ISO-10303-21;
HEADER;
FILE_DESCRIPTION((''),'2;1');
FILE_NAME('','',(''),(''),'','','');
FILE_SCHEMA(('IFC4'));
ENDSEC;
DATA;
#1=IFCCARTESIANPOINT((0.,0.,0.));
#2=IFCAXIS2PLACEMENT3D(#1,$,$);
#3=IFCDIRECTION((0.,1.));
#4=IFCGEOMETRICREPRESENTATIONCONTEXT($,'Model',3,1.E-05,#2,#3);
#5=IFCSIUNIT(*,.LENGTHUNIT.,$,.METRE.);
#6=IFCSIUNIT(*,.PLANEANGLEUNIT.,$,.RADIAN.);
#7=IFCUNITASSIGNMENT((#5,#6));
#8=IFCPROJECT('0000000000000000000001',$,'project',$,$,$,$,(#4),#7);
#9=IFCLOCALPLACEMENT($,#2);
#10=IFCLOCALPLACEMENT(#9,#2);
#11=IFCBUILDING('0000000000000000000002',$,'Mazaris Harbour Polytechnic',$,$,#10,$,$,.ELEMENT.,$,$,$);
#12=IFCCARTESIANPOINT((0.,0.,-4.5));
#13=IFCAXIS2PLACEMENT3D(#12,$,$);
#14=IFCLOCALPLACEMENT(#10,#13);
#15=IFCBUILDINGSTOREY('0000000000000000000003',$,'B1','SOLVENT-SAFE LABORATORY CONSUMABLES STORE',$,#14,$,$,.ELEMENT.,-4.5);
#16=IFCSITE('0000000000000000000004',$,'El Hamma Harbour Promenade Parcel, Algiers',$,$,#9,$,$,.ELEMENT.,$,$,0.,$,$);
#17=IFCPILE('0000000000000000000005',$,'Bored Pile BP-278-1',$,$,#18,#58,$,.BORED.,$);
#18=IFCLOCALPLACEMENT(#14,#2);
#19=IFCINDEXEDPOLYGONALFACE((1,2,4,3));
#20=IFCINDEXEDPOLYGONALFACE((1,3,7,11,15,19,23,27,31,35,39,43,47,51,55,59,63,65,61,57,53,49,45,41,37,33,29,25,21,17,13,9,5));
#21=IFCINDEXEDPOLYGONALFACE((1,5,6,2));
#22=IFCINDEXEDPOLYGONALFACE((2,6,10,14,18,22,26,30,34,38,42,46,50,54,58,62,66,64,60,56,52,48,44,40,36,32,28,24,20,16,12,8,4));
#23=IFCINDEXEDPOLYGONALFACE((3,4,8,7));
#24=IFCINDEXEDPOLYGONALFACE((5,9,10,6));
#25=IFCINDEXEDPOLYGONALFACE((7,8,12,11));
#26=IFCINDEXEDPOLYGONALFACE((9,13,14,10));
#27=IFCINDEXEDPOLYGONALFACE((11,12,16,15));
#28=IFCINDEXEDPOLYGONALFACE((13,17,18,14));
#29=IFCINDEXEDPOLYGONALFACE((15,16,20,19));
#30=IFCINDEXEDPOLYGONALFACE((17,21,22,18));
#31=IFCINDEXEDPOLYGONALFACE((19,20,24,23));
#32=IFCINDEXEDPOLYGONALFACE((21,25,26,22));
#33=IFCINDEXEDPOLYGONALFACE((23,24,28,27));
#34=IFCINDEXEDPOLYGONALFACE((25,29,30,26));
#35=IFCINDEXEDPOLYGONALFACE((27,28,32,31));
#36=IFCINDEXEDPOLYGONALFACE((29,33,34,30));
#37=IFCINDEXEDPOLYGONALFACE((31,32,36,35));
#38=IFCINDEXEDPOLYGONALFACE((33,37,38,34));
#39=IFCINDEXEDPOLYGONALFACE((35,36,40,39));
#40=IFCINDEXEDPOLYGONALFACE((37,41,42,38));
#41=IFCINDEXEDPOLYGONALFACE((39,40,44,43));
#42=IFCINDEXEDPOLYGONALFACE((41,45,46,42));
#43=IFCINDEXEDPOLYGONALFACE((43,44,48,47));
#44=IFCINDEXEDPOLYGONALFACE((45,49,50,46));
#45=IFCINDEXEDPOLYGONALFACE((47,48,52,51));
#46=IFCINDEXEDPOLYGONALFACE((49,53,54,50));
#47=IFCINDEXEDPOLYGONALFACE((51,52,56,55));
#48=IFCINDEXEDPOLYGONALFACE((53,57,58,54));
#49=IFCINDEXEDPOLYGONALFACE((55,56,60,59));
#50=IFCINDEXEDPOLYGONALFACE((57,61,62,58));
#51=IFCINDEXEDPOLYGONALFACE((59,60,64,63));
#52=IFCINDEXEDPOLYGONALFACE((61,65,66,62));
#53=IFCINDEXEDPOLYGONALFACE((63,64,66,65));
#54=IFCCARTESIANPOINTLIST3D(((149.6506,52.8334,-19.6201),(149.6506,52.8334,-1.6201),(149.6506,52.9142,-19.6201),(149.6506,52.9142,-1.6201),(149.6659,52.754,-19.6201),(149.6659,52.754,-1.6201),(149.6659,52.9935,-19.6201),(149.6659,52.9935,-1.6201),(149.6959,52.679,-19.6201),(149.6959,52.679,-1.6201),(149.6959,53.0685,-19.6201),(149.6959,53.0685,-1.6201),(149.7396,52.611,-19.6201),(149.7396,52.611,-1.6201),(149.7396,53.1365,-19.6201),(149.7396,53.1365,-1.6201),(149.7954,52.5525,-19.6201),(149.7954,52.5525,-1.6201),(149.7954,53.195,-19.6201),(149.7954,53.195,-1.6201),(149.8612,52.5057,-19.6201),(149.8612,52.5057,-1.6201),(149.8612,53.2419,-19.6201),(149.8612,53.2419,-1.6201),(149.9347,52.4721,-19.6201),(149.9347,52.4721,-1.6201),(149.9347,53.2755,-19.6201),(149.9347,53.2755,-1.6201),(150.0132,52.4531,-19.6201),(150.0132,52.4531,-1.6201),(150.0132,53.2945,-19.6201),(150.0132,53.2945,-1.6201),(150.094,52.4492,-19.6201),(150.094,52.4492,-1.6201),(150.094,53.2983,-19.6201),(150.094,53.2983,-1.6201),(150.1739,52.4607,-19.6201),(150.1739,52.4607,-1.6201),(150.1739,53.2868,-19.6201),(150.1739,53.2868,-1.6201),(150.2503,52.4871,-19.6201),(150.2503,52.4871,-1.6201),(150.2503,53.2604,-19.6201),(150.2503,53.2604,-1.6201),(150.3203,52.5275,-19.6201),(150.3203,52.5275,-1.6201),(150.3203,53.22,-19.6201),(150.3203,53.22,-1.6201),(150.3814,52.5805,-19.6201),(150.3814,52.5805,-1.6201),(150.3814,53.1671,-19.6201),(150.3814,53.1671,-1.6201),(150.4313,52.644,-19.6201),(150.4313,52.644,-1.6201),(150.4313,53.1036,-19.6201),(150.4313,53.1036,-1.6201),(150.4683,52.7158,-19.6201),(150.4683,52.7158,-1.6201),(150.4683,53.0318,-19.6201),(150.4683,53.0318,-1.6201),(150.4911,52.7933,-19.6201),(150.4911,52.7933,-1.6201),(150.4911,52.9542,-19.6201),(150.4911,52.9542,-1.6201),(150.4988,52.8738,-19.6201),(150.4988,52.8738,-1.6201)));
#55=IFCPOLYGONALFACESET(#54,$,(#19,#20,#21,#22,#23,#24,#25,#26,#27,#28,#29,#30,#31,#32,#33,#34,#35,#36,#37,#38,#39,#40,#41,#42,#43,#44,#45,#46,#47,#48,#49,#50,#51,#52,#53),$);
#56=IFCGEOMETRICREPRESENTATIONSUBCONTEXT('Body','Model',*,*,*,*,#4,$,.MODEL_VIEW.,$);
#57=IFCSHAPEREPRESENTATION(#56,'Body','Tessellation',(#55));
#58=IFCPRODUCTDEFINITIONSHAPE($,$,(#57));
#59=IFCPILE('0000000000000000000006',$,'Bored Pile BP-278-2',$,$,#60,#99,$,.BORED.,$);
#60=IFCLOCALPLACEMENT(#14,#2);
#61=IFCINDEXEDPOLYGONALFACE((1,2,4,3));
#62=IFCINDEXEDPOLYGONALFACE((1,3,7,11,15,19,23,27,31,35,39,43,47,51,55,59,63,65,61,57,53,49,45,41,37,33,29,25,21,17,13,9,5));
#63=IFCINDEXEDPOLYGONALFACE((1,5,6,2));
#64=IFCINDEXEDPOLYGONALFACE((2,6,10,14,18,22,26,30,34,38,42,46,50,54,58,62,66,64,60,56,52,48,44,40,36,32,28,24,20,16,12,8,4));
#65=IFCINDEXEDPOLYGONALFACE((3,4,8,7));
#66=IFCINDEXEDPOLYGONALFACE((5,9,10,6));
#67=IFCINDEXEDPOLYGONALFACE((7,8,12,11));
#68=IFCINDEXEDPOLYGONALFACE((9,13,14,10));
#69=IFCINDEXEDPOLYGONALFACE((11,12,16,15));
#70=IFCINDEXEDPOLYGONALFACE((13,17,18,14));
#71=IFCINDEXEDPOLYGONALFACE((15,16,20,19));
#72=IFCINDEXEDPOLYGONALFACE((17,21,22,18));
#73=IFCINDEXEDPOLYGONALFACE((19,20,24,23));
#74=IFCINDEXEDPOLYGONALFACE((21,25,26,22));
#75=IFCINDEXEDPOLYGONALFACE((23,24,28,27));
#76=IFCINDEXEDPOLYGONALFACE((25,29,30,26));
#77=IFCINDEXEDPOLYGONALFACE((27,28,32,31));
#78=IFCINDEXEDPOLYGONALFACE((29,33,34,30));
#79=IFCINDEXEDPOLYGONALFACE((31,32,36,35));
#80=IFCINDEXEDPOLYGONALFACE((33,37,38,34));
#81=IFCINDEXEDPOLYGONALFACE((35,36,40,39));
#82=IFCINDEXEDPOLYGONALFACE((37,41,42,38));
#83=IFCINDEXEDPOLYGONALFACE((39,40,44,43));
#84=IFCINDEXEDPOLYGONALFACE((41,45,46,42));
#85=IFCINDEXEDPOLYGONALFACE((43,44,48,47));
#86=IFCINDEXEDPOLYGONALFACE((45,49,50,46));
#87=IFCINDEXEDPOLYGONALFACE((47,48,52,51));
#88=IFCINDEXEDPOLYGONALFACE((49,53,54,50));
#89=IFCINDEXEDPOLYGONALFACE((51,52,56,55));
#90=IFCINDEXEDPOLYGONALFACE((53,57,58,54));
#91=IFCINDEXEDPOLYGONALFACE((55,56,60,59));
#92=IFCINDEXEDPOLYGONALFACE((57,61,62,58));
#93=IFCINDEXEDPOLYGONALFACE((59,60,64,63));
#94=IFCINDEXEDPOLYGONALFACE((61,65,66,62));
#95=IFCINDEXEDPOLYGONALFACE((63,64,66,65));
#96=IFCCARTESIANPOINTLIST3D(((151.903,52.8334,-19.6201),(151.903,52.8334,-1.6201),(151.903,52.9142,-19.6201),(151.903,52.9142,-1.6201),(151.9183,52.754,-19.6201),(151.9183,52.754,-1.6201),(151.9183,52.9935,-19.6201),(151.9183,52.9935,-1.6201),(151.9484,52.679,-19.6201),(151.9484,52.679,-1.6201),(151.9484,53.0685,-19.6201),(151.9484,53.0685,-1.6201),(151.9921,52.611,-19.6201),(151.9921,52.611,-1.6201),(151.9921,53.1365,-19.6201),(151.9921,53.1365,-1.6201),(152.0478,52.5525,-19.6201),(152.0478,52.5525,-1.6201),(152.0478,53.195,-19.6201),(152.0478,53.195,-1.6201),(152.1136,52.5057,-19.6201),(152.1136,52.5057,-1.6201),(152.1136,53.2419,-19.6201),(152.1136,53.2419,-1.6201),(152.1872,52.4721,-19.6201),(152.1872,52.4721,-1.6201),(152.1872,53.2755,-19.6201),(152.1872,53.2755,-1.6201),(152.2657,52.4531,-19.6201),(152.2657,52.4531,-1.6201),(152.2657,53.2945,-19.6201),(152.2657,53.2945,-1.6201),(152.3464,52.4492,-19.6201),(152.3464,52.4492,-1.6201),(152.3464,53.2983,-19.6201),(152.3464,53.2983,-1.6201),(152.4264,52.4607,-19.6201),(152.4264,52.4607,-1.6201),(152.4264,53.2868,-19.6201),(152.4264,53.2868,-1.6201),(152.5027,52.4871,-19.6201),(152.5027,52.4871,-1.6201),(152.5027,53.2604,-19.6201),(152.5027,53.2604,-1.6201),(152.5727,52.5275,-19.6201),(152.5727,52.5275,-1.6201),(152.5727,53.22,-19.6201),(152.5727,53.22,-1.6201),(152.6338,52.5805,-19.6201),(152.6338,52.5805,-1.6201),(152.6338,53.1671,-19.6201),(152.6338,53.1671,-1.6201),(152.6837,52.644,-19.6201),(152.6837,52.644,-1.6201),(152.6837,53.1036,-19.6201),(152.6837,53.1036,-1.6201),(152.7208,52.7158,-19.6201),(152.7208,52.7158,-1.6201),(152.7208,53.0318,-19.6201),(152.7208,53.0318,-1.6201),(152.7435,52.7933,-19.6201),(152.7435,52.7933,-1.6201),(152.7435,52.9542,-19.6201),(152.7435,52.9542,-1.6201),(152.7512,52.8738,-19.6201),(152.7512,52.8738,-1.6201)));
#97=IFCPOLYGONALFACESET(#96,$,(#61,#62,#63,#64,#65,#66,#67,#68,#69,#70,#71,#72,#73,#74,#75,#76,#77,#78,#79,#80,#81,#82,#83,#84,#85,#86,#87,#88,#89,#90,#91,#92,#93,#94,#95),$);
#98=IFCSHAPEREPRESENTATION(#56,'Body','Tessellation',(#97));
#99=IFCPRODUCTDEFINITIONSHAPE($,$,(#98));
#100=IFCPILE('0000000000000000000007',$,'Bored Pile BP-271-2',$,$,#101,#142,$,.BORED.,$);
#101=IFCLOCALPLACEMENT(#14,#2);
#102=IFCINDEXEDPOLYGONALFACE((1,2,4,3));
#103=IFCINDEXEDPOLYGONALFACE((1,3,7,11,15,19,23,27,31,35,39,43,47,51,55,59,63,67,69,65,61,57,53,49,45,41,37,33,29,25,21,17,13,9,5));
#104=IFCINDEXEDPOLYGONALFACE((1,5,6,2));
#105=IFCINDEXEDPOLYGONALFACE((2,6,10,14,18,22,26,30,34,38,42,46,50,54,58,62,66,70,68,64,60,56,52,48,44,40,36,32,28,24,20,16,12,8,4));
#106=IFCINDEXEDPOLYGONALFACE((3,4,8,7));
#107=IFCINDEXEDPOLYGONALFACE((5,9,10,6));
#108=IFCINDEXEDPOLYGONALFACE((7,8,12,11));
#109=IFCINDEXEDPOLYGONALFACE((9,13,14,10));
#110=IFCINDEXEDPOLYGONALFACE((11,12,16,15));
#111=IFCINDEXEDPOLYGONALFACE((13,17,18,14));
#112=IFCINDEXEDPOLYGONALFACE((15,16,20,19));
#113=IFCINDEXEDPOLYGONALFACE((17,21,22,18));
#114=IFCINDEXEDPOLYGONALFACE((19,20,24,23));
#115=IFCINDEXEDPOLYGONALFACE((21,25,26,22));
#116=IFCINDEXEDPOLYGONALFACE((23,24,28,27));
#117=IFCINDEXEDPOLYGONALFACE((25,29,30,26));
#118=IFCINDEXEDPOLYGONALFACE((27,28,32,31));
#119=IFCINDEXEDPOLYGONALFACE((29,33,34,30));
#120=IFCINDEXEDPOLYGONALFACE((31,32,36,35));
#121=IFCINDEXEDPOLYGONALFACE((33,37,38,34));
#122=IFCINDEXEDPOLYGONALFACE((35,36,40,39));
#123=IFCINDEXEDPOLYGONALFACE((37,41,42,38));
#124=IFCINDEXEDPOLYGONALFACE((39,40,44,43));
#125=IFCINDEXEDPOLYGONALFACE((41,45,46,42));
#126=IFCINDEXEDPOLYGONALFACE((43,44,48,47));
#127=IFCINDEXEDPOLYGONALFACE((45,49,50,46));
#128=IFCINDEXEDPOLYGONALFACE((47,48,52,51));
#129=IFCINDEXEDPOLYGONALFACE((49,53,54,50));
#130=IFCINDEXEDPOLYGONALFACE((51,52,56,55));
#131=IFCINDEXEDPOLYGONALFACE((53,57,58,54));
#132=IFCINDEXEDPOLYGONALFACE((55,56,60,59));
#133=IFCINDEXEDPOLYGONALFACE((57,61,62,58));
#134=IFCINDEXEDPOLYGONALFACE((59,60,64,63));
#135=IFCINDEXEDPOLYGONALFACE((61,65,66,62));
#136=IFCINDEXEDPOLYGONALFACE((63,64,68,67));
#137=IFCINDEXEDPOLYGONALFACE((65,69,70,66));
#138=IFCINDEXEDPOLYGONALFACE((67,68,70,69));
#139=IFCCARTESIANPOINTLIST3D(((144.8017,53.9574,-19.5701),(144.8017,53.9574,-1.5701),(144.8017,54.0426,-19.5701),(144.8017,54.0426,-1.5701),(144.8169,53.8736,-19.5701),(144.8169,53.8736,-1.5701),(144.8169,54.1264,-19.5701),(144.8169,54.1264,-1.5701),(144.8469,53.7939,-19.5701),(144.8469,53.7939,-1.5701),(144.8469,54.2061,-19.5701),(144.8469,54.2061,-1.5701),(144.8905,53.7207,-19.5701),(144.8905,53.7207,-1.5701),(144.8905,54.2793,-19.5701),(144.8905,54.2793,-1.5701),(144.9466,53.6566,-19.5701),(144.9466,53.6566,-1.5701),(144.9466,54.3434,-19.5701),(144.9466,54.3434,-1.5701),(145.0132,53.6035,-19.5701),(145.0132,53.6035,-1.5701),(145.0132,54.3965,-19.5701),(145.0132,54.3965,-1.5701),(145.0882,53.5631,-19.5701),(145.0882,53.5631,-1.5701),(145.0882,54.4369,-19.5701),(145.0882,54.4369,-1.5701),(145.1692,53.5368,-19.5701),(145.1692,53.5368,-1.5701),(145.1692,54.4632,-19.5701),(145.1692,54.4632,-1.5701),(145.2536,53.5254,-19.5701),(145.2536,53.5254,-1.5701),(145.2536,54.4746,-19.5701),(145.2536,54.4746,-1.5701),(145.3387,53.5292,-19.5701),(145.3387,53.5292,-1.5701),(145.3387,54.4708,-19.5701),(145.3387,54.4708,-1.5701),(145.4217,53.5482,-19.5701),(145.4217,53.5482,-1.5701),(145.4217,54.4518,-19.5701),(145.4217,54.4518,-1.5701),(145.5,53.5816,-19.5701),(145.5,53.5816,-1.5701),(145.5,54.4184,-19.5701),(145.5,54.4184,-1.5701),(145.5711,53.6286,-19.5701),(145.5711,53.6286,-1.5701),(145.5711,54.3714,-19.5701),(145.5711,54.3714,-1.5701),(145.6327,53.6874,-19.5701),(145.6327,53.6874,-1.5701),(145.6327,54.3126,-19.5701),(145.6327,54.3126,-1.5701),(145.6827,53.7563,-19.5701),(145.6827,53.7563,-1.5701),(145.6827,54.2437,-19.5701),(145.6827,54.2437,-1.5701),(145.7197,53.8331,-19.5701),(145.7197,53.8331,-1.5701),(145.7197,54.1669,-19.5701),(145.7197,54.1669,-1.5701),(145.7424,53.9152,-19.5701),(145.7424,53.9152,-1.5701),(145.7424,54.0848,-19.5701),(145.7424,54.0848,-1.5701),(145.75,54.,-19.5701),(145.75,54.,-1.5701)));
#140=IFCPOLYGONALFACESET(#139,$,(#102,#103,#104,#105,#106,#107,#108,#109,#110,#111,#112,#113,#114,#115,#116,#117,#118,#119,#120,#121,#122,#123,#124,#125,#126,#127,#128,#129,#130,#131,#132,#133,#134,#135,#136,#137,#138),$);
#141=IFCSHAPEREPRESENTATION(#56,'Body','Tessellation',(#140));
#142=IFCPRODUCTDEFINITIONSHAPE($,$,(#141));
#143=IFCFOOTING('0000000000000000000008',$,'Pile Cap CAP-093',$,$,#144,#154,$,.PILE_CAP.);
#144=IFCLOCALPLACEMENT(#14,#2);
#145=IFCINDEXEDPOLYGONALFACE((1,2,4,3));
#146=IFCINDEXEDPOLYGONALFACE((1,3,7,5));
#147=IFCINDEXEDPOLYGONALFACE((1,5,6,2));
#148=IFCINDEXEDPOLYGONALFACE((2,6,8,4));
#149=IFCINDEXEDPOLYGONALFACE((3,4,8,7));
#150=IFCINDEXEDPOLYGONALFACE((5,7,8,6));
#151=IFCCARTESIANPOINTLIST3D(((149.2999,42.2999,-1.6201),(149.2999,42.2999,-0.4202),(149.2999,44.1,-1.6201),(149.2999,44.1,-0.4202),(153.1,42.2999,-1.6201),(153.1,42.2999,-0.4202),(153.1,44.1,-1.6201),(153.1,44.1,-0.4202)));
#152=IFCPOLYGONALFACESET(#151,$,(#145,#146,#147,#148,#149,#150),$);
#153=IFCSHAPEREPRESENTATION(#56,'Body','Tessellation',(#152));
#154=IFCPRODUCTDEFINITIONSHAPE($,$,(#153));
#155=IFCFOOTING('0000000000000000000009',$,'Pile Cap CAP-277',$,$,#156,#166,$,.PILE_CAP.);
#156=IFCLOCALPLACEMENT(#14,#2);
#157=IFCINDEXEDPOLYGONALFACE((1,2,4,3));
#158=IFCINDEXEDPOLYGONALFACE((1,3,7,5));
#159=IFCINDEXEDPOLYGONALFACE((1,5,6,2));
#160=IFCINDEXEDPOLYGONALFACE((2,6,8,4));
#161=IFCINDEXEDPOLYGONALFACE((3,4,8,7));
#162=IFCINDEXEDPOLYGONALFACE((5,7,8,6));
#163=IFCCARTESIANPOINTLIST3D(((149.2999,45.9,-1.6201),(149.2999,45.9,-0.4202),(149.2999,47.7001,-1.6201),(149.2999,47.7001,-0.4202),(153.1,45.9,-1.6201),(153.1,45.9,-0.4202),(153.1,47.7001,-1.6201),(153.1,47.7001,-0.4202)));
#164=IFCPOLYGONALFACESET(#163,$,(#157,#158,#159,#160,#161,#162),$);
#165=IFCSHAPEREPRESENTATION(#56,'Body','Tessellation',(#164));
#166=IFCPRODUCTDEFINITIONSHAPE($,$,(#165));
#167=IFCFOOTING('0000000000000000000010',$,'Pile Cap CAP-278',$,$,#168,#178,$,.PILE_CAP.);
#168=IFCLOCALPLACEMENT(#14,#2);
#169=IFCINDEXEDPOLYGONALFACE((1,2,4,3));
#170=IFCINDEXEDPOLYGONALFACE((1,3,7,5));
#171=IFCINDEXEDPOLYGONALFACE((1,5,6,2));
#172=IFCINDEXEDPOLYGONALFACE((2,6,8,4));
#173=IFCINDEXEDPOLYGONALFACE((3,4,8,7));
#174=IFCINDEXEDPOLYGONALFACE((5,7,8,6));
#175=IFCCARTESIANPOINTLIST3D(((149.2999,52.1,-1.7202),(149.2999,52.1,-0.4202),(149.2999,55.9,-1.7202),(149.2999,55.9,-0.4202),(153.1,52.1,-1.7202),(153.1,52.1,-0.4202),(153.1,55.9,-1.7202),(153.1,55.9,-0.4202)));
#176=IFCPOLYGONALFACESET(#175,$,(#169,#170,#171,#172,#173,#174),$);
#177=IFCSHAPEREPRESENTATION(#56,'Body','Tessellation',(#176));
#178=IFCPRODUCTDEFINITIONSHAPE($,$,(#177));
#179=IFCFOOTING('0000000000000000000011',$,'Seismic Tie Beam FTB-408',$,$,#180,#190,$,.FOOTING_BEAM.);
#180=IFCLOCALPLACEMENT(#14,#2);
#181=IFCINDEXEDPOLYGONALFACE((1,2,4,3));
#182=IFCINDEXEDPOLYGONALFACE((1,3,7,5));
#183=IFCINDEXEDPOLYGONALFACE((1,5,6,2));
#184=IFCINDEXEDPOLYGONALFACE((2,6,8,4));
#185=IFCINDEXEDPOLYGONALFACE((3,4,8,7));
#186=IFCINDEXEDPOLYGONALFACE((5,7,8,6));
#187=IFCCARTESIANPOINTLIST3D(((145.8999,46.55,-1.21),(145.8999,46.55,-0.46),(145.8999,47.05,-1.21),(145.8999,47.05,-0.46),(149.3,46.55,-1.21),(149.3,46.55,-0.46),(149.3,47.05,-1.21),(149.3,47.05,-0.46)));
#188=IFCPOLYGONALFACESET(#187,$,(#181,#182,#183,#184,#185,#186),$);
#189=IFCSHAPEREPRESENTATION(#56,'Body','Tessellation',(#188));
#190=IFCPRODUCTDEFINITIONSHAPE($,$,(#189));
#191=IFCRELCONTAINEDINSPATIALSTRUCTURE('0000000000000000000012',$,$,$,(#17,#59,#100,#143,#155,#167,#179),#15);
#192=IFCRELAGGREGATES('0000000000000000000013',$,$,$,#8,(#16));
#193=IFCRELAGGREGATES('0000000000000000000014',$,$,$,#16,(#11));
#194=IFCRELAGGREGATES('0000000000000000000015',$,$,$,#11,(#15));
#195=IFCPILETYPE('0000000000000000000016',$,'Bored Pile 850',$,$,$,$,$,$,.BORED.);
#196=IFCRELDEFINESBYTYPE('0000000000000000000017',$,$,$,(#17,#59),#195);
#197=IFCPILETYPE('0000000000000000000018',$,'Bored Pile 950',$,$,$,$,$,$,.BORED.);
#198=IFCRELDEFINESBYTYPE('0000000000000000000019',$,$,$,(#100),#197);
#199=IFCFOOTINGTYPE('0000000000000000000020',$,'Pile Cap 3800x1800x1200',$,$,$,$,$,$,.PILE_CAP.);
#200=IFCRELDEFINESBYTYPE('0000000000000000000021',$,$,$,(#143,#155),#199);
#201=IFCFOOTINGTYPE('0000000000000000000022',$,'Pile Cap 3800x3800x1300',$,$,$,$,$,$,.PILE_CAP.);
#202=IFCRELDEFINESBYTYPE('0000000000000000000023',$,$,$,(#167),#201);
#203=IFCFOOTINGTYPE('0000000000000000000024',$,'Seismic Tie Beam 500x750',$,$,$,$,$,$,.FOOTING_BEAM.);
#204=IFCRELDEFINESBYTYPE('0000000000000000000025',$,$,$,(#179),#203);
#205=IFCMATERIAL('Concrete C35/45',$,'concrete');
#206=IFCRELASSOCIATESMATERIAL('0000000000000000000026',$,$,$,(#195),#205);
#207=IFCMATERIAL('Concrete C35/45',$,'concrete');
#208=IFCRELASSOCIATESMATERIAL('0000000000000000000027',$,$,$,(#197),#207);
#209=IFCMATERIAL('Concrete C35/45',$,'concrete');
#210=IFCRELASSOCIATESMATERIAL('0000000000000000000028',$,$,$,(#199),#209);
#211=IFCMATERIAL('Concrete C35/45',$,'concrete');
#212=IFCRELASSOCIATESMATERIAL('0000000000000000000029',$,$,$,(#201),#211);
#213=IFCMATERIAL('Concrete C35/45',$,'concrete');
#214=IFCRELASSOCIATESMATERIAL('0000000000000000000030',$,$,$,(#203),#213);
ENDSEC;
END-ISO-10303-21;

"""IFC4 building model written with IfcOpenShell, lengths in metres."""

from ifc_helpers import new_model, si_unit, direction, frame, origin, origin_2d, place, context, subcontext, project, spatial, rectangle, circle, extrude, material, material_profile, profile_set, type_object, element, save


model = new_model("IFC4")

# Units and contexts
model_context = context("Model", 3, precision=1e-05, world=origin(), true_north=direction((0.0, 1.0)))
body_context = subcontext(model_context, "Body", "Model", "MODEL_VIEW")
ifc_project = project(units=[si_unit("LENGTHUNIT", "METRE"), si_unit("PLANEANGLEUNIT", "RADIAN")], contexts=[model_context])

# Site, building, storey
site_placement = place(None, origin())
site = spatial("IfcSite", under=ifc_project, at=site_placement, Name="El Hamma Harbour Promenade Parcel, Algiers", CompositionType="ELEMENT", RefElevation=0.0)
building_placement = place(site_placement, origin())
building = spatial("IfcBuilding", under=site, at=building_placement, Name="Mazaris Harbour Polytechnic", CompositionType="ELEMENT")
storey_placement = place(building_placement, frame((0.0, 0.0, -4.5)))
storey = spatial("IfcBuildingStorey", under=building, at=storey_placement, Name="B1", Description="SOLVENT-SAFE LABORATORY CONSUMABLES STORE", CompositionType="ELEMENT", Elevation=-4.5)

# Piles
ifc_material_1 = material(Name="Concrete C35/45", Category="concrete")
ifc_material_profile_1 = material_profile(ifc_material_1, circle(Radius=0.425, at=origin_2d()), Name="DIA850")
ifc_profile_set_1 = profile_set([ifc_material_profile_1], Name="Concrete C35/45")
pile_type_1 = type_object("IfcPileType", Name="Bored Pile 850", PredefinedType="BORED", material=ifc_profile_set_1)
for number, where, z_axis, x_axis, name in (
    (1, (150.0737, 52.8738, -1.6201), (0.0, 0.0, -1.0), (1.0, 0.0, 0.0), "Bored Pile BP-278-1"),
    (2, (152.3262, 52.8738, -1.6201), (0.0, 0.0, -1.0), (1.0, 0.0, 0.0), "Bored Pile BP-278-2"),
):
    element("IfcPile", number, at=place(storey_placement, frame(where, z_axis=z_axis, x_axis=x_axis)), inside=storey, type_object=pile_type_1, Name=name, PredefinedType="BORED", context=body_context, shape_type="SweptSolid", body=[
        extrude(circle(Radius=0.425, at=origin_2d()), origin(), (0.0, 0.0, 1.0), 18.0),
    ])
ifc_material_2 = material(Name="Concrete C35/45", Category="concrete")
ifc_material_profile_2 = material_profile(ifc_material_2, circle(Radius=0.4751, at=origin_2d()), Name="DIA950")
ifc_profile_set_2 = profile_set([ifc_material_profile_2], Name="Concrete C35/45")
pile_type_2 = type_object("IfcPileType", Name="Bored Pile 950", PredefinedType="BORED", material=ifc_profile_set_2)
pile_placement = place(storey_placement, frame((145.2749, 54.0, -1.5701), z_axis=(0.0, 0.0, -1.0), x_axis=(1.0, 0.0, 0.0)))
element("IfcPile", 3, at=pile_placement, inside=storey, type_object=pile_type_2, Name="Bored Pile BP-271-2", PredefinedType="BORED", context=body_context, shape_type="SweptSolid", body=[
    extrude(circle(Radius=0.4751, at=origin_2d()), origin(), (0.0, 0.0, 1.0), 18.0),
])

# Footings
ifc_material_3 = material(Name="Concrete C35/45", Category="concrete")
footing_type_1 = type_object("IfcFootingType", Name="Pile Cap 3800x1800x1200", PredefinedType="PILE_CAP", material=ifc_material_3)
for number, where, z_axis, x_axis, name in (
    (4, (151.2, 43.2, -1.6201), (0.0, 0.0, 1.0), (1.0, 0.0, 0.0), "Pile Cap CAP-093"),
    (5, (151.2, 46.8, -1.6201), (0.0, 0.0, 1.0), (1.0, 0.0, 0.0), "Pile Cap CAP-277"),
):
    element("IfcFooting", number, at=place(storey_placement, frame(where, z_axis=z_axis, x_axis=x_axis)), inside=storey, type_object=footing_type_1, Name=name, PredefinedType="PILE_CAP", context=body_context, shape_type="SweptSolid", body=[
        extrude(rectangle(XDim=3.8, YDim=1.8, at=origin_2d()), origin(), (0.0, 0.0, 1.0), 1.2),
    ])
ifc_material_4 = material(Name="Concrete C35/45", Category="concrete")
footing_type_2 = type_object("IfcFootingType", Name="Pile Cap 3800x3800x1300", PredefinedType="PILE_CAP", material=ifc_material_4)
footing_1_placement = place(storey_placement, frame((151.2, 54.0, -1.7202), z_axis=(0.0, 0.0, 1.0), x_axis=(1.0, 0.0, 0.0)))
element("IfcFooting", 6, at=footing_1_placement, inside=storey, type_object=footing_type_2, Name="Pile Cap CAP-278", PredefinedType="PILE_CAP", context=body_context, shape_type="SweptSolid", body=[
    extrude(rectangle(XDim=3.8, YDim=3.8, at=origin_2d()), origin(), (0.0, 0.0, 1.0), 1.3),
])
ifc_material_5 = material(Name="Concrete C35/45", Category="concrete")
ifc_material_profile_3 = material_profile(ifc_material_5, rectangle(XDim=0.5, YDim=0.75, at=origin_2d()), Name="RECT500x750")
ifc_profile_set_3 = profile_set([ifc_material_profile_3], Name="Concrete C35/45")
footing_type_3 = type_object("IfcFootingType", Name="Seismic Tie Beam 500x750", PredefinedType="FOOTING_BEAM", material=ifc_profile_set_3)
footing_2_placement = place(storey_placement, frame((145.8999, 46.8, -0.835), z_axis=(1.0, 0.0, 0.0), x_axis=(0.0, 1.0, 0.0)))
element("IfcFooting", 7, at=footing_2_placement, inside=storey, type_object=footing_type_3, Name="Seismic Tie Beam FTB-408", PredefinedType="FOOTING_BEAM", context=body_context, shape_type="SweptSolid", body=[
    extrude(rectangle(XDim=0.5, YDim=0.75, at=origin_2d()), origin(), (0.0, 0.0, 1.0), 3.4001),
])

save(model, "model.ifc")
